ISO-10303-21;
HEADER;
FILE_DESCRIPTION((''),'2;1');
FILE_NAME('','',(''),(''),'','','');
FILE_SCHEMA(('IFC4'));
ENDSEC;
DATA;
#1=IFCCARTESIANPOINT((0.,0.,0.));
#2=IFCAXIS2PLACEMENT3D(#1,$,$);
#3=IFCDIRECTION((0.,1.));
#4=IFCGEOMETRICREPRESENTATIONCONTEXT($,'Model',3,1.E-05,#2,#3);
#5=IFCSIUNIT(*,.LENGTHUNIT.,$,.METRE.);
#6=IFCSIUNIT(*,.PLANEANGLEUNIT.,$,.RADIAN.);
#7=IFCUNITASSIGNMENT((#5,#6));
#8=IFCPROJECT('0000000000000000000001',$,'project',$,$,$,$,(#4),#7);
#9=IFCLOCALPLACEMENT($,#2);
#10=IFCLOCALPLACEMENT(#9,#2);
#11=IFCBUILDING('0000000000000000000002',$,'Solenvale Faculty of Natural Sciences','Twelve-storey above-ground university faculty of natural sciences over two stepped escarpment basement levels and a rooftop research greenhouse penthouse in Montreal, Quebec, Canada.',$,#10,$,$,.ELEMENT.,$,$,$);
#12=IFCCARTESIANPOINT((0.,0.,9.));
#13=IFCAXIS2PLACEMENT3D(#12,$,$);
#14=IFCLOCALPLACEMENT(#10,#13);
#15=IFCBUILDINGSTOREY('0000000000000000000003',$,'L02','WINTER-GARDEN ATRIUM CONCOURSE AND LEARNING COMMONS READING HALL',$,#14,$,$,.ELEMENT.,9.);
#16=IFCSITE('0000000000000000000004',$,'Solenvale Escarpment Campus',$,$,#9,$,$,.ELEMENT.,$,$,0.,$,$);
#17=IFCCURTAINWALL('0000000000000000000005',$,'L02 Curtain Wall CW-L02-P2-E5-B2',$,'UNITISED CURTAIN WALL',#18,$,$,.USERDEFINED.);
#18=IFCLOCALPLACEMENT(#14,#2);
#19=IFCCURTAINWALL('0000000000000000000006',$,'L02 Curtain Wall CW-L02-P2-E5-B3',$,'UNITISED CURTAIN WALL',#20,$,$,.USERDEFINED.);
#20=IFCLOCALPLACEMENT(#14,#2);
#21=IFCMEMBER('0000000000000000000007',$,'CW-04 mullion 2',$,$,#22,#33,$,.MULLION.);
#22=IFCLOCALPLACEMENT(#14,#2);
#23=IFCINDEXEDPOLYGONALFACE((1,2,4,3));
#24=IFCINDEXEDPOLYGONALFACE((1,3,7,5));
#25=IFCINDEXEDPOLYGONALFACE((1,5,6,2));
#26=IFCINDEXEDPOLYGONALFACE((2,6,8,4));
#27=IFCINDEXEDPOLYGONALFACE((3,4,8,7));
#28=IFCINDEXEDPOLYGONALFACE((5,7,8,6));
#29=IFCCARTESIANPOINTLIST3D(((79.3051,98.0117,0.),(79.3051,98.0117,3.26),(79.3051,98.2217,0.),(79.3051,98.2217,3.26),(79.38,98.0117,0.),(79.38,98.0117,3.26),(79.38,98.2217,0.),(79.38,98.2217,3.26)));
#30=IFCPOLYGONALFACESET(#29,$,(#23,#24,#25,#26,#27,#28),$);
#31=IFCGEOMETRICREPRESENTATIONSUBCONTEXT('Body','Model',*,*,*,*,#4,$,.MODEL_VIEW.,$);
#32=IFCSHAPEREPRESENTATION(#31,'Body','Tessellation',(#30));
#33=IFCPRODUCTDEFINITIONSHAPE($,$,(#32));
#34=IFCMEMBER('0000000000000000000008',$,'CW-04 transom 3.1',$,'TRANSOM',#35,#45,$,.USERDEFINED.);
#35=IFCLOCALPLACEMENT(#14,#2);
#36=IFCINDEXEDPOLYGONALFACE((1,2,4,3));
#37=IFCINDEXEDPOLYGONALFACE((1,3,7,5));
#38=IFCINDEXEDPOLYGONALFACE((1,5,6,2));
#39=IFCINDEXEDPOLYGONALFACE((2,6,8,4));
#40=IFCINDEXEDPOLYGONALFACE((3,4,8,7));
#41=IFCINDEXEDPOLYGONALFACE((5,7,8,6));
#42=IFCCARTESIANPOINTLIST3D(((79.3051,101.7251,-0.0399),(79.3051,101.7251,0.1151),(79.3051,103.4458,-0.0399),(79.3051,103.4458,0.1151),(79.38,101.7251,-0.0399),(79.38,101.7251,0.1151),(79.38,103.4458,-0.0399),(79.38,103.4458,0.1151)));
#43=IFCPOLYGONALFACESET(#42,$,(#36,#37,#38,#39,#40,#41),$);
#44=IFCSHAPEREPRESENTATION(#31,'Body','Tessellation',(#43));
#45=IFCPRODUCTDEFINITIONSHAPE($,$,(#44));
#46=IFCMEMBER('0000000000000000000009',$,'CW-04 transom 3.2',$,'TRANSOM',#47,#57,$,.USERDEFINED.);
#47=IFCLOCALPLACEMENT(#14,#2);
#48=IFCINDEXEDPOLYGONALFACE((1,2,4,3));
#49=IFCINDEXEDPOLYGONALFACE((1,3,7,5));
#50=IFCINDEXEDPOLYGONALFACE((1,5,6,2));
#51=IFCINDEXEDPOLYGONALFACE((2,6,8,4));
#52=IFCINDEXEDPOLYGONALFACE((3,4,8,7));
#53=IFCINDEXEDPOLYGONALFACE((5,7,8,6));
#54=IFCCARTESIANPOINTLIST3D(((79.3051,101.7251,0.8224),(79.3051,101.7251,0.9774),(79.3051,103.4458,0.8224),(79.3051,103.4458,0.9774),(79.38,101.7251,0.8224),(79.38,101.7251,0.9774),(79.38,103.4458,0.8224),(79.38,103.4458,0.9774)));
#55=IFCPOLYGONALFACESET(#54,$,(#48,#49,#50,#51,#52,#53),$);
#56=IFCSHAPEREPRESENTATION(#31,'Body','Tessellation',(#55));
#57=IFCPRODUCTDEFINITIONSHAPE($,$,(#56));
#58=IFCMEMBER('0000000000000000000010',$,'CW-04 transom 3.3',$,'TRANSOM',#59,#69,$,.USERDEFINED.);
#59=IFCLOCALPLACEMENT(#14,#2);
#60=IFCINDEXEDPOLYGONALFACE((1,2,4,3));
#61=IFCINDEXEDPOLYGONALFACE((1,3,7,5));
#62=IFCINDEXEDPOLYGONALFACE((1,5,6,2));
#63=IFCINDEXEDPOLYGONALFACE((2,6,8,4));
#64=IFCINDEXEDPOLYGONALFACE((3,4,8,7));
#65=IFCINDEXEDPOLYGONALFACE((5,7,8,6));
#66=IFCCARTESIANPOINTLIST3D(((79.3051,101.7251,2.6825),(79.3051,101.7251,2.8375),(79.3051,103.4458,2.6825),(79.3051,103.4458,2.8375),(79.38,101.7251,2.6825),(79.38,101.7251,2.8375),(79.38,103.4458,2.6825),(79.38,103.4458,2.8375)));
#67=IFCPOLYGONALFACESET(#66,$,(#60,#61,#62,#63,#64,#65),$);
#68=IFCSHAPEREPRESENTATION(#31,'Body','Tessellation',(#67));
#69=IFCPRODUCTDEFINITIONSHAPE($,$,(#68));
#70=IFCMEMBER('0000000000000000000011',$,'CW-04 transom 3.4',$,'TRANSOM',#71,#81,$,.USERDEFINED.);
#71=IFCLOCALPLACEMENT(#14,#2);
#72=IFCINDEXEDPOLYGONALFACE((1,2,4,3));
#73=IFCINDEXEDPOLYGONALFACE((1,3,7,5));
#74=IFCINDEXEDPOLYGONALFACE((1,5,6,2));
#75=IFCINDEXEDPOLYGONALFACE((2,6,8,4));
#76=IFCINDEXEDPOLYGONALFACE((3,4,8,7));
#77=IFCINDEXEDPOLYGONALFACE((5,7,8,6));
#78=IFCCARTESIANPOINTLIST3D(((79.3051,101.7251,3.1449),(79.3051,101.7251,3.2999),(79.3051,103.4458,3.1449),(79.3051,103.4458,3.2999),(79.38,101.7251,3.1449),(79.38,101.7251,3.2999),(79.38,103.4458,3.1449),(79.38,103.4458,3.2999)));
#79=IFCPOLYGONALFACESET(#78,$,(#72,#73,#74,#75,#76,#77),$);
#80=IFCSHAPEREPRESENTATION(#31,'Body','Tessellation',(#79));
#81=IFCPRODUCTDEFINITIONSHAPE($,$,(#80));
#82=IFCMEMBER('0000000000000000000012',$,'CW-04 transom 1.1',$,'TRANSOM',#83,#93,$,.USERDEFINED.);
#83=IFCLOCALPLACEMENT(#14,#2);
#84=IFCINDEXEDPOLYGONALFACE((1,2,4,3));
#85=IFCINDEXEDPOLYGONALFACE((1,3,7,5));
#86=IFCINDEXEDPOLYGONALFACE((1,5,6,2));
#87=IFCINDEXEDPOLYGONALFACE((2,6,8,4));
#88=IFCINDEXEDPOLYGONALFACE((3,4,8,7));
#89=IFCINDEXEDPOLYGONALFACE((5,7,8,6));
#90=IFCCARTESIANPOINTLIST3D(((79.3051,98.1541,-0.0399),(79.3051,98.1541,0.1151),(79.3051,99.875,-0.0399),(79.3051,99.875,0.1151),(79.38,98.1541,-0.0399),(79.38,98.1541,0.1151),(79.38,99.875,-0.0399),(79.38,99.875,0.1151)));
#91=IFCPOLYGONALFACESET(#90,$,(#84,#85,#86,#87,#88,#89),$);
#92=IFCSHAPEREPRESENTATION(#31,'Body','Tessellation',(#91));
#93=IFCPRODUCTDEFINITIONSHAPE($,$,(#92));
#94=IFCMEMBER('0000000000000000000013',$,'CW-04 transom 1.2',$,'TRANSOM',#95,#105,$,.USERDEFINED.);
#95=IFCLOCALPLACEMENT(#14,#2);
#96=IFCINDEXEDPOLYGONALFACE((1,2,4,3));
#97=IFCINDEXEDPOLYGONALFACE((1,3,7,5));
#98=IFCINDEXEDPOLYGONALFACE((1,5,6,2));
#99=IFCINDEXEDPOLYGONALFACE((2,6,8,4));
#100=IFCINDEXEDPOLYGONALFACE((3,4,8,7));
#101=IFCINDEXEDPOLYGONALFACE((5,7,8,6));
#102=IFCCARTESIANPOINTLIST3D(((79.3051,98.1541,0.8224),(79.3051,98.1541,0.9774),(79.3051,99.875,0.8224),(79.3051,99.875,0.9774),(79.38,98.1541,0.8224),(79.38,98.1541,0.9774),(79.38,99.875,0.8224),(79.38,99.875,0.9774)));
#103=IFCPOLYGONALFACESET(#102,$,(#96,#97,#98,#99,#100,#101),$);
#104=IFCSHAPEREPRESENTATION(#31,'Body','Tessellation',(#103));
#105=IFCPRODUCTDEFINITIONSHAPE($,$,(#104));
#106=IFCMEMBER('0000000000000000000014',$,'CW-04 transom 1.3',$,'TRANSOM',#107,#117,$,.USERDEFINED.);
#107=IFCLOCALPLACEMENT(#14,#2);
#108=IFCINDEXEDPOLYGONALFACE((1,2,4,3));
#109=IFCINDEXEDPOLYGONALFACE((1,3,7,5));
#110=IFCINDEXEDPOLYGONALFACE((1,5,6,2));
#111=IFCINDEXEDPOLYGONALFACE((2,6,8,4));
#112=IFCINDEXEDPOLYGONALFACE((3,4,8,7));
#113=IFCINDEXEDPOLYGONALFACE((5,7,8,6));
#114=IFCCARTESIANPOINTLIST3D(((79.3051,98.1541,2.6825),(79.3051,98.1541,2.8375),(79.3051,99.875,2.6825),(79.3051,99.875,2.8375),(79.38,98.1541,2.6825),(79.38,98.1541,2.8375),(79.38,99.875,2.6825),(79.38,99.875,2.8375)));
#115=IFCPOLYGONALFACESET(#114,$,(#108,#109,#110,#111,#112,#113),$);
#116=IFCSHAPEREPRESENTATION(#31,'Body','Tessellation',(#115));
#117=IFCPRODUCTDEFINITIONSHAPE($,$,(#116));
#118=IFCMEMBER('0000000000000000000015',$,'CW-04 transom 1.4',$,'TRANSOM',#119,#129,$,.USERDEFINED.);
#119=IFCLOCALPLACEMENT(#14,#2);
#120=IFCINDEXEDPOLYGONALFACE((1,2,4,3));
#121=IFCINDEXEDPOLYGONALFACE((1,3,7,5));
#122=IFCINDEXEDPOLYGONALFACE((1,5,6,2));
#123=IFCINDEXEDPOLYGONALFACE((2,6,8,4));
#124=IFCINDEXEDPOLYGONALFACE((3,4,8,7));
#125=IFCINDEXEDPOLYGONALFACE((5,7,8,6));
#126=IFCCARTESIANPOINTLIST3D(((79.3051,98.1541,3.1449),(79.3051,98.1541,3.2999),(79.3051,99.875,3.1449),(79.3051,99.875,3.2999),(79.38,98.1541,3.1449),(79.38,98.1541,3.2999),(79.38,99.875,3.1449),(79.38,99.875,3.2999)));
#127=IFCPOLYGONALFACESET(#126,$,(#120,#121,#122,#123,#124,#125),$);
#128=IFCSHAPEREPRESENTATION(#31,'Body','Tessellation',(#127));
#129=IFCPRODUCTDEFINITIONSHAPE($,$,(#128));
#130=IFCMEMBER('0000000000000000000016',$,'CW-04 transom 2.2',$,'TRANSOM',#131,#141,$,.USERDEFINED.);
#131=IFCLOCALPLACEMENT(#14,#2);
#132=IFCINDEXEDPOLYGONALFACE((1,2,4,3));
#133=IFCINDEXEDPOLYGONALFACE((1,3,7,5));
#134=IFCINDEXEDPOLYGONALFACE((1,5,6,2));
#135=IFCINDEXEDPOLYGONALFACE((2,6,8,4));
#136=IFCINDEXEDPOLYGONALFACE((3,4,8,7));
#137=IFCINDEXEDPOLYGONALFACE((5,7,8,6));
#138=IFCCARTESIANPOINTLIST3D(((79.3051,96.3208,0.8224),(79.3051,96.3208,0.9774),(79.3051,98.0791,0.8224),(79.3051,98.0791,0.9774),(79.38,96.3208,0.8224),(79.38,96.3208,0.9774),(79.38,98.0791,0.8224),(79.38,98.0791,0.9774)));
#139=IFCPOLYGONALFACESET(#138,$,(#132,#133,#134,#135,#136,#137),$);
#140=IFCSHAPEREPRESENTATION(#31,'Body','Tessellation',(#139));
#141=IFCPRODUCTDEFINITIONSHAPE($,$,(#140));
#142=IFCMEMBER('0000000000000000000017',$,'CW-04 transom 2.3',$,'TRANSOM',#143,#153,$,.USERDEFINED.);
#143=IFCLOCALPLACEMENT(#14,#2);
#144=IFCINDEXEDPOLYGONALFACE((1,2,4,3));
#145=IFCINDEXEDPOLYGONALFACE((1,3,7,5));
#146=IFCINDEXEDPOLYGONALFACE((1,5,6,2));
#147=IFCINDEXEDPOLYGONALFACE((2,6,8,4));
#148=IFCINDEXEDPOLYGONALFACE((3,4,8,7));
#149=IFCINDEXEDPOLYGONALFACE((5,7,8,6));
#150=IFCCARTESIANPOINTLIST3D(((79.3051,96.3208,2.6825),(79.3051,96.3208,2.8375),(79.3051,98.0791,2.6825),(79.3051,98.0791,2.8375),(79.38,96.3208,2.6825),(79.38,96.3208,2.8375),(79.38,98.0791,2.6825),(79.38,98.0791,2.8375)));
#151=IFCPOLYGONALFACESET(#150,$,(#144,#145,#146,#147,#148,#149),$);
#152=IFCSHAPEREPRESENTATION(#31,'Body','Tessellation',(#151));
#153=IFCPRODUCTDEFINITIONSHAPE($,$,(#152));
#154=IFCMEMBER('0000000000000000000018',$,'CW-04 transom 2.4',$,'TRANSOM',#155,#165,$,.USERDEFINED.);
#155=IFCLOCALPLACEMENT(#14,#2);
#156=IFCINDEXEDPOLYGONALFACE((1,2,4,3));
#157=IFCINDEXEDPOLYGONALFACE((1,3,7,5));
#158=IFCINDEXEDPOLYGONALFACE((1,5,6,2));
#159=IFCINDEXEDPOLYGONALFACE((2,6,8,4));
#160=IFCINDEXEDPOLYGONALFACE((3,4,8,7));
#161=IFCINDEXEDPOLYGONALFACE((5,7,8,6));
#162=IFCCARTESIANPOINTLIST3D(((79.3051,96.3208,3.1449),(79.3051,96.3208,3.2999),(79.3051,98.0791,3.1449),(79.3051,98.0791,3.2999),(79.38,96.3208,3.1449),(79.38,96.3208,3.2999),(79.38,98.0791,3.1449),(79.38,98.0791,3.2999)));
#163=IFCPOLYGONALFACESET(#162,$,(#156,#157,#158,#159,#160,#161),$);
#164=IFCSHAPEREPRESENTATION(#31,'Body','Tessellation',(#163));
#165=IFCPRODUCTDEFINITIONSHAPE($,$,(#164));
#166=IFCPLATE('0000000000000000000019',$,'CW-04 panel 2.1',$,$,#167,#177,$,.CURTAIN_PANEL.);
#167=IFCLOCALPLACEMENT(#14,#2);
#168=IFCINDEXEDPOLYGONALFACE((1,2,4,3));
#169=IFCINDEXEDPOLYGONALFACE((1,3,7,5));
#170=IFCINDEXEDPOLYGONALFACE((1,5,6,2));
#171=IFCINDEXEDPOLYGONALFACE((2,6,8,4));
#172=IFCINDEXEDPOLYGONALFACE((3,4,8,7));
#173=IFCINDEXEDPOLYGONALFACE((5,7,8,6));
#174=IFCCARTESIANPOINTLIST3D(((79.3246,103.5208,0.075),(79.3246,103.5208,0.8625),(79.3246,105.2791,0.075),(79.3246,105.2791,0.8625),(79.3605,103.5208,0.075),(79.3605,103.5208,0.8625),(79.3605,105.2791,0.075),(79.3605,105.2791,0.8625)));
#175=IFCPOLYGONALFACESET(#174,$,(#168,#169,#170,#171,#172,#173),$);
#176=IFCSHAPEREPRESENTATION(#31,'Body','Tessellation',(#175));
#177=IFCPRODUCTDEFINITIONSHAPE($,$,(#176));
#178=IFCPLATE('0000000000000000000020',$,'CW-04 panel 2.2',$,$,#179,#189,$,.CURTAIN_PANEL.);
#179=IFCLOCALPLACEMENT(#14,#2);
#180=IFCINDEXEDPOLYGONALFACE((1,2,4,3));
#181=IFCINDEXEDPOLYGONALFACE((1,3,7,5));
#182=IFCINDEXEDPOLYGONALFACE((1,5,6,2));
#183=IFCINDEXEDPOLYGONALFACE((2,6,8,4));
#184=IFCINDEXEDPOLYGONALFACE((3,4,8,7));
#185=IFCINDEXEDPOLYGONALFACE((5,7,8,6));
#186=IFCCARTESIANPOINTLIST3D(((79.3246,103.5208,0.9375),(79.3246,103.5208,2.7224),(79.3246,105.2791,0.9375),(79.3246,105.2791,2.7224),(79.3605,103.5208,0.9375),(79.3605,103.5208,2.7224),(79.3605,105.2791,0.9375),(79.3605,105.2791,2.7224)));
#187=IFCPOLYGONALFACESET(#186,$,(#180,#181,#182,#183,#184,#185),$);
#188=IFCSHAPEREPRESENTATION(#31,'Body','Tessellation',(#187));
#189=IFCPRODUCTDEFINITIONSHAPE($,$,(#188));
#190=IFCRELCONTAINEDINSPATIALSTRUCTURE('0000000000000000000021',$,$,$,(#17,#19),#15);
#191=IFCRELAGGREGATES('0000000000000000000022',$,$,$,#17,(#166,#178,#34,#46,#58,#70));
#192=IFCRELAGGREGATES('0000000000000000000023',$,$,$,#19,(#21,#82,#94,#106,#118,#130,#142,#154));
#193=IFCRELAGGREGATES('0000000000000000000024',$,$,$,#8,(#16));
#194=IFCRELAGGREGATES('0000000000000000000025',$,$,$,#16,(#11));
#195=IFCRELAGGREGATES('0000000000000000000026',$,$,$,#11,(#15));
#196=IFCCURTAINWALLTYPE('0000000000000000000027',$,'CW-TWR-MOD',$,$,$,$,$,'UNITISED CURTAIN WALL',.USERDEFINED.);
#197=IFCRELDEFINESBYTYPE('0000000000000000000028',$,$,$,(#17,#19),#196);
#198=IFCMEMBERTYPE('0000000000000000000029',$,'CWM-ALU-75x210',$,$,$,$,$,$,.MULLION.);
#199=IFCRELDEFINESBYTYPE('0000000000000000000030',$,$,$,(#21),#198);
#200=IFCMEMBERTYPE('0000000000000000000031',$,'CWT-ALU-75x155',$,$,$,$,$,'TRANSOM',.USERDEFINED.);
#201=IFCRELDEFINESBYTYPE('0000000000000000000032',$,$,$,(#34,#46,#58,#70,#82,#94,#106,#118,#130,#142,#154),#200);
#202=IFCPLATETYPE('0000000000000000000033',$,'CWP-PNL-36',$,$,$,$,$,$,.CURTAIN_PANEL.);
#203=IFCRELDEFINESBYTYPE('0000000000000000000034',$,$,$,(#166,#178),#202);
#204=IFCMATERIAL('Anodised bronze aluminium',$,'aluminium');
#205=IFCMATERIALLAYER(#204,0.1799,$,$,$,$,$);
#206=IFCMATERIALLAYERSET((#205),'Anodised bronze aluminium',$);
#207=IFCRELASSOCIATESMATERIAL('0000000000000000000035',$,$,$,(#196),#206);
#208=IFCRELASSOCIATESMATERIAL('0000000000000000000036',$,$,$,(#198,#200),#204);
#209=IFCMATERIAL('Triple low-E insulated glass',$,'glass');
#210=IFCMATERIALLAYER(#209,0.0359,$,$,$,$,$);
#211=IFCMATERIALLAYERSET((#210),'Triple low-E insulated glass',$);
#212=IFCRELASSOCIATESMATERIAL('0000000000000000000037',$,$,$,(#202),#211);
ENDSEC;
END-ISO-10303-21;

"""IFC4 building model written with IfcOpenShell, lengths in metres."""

from ifc_helpers import new_model, si_unit, direction, frame, origin, origin_2d, place, context, subcontext, project, spatial, rectangle, extrude, material, layer, layer_set, material_profile, profile_set, type_object, element, aggregate, save


model = new_model("IFC4")

# Units and contexts
model_context = context("Model", 3, precision=1e-05, world=origin(), true_north=direction((0.0, 1.0)))
body_context = subcontext(model_context, "Body", "Model", "MODEL_VIEW")
ifc_project = project(units=[si_unit("LENGTHUNIT", "METRE"), si_unit("PLANEANGLEUNIT", "RADIAN")], contexts=[model_context])

# Site, building, storey
site_placement = place(None, origin())
site = spatial("IfcSite", under=ifc_project, at=site_placement, Name="Solenvale Escarpment Campus", CompositionType="ELEMENT", RefElevation=0.0)
building_placement = place(site_placement, origin())
building = spatial("IfcBuilding", under=site, at=building_placement, Name="Solenvale Faculty of Natural Sciences", Description="Twelve-storey above-ground university faculty of natural sciences over two stepped escarpment basement levels and a rooftop research greenhouse penthouse in Montreal, Quebec, Canada.", CompositionType="ELEMENT")
storey_placement = place(building_placement, frame((0.0, 0.0, 9.0)))
storey = spatial("IfcBuildingStorey", under=building, at=storey_placement, Name="L02", Description="WINTER-GARDEN ATRIUM CONCOURSE AND LEARNING COMMONS READING HALL", CompositionType="ELEMENT", Elevation=9.0)

# Curtain walls, member
ifc_material_1 = material(Name="Anodised bronze aluminium", Category="aluminium")
ifc_layer_1 = layer(ifc_material_1, 0.1799)
ifc_layer_set_1 = layer_set([ifc_layer_1], Name="Anodised bronze aluminium")
curtain_wall_type = type_object("IfcCurtainWallType", Name="CW-TWR-MOD", ElementType="UNITISED CURTAIN WALL", PredefinedType="USERDEFINED", material=ifc_layer_set_1)
curtain_wall_1_placement = place(storey_placement, origin())
curtain_wall_1 = element("IfcCurtainWall", 1, at=curtain_wall_1_placement, inside=storey, type_object=curtain_wall_type, Name="L02 Curtain Wall CW-L02-P2-E5-B2", ObjectType="UNITISED CURTAIN WALL", PredefinedType="USERDEFINED")
ifc_material_profile_1 = material_profile(ifc_material_1, rectangle(XDim=0.075, YDim=0.21, at=origin_2d()), Name="ALU-MUL-75x210")
ifc_profile_set_1 = profile_set([ifc_material_profile_1], Name="Anodised bronze aluminium")
member_type_1 = type_object("IfcMemberType", Name="CWM-ALU-75x210", PredefinedType="MULLION", material=ifc_profile_set_1)
curtain_wall_2_placement = place(storey_placement, origin())
curtain_wall_2 = element("IfcCurtainWall", 2, at=curtain_wall_2_placement, inside=storey, type_object=curtain_wall_type, Name="L02 Curtain Wall CW-L02-P2-E5-B3", ObjectType="UNITISED CURTAIN WALL", PredefinedType="USERDEFINED")
member_1_placement = place(storey_placement, frame((79.3425, 98.1167, 0.0), z_axis=(0.0, 0.0, 1.0), x_axis=(1.0, 0.0, 0.0)))
member_1 = element("IfcMember", 3, at=member_1_placement, type_object=member_type_1, Name="CW-04 mullion 2", PredefinedType="MULLION", context=body_context, shape_type="SweptSolid", body=[
    extrude(rectangle(XDim=0.075, YDim=0.21, at=origin_2d()), origin(), (0.0, 0.0, 1.0), 3.26),
])

# Members
ifc_material_profile_2 = material_profile(ifc_material_1, rectangle(XDim=0.075, YDim=0.155, at=origin_2d()), Name="ALU-TRN-75x155")
ifc_profile_set_2 = profile_set([ifc_material_profile_2], Name="Anodised bronze aluminium")
member_type_2 = type_object("IfcMemberType", Name="CWT-ALU-75x155", ElementType="TRANSOM", PredefinedType="USERDEFINED", material=ifc_profile_set_2)
member_2_placement = place(storey_placement, frame((79.3425, 103.4458, 0.0376), z_axis=(0.0, -1.0, 0.0), x_axis=(1.0, 0.0, 0.0)))
member_2 = element("IfcMember", 4, at=member_2_placement, type_object=member_type_2, Name="CW-04 transom 3.1", ObjectType="TRANSOM", PredefinedType="USERDEFINED", context=body_context, shape_type="SweptSolid", body=[
    extrude(rectangle(XDim=0.075, YDim=0.155, at=origin_2d()), origin(), (0.0, 0.0, 1.0), 1.7207),
])
member_3_placement = place(storey_placement, frame((79.3425, 103.4458, 0.8999), z_axis=(0.0, -1.0, 0.0), x_axis=(1.0, 0.0, 0.0)))
member_3 = element("IfcMember", 5, at=member_3_placement, type_object=member_type_2, Name="CW-04 transom 3.2", ObjectType="TRANSOM", PredefinedType="USERDEFINED", context=body_context, shape_type="SweptSolid", body=[
    extrude(rectangle(XDim=0.075, YDim=0.155, at=origin_2d()), origin(), (0.0, 0.0, 1.0), 1.7207),
])
member_4_placement = place(storey_placement, frame((79.3425, 103.4458, 2.76), z_axis=(0.0, -1.0, 0.0), x_axis=(1.0, 0.0, 0.0)))
member_4 = element("IfcMember", 6, at=member_4_placement, type_object=member_type_2, Name="CW-04 transom 3.3", ObjectType="TRANSOM", PredefinedType="USERDEFINED", context=body_context, shape_type="SweptSolid", body=[
    extrude(rectangle(XDim=0.075, YDim=0.155, at=origin_2d()), origin(), (0.0, 0.0, 1.0), 1.7207),
])
member_5_placement = place(storey_placement, frame((79.3425, 103.4458, 3.2224), z_axis=(0.0, -1.0, 0.0), x_axis=(1.0, 0.0, 0.0)))
member_5 = element("IfcMember", 7, at=member_5_placement, type_object=member_type_2, Name="CW-04 transom 3.4", ObjectType="TRANSOM", PredefinedType="USERDEFINED", context=body_context, shape_type="SweptSolid", body=[
    extrude(rectangle(XDim=0.075, YDim=0.155, at=origin_2d()), origin(), (0.0, 0.0, 1.0), 1.7207),
])
member_6_placement = place(storey_placement, frame((79.3425, 99.875, 0.0376), z_axis=(0.0, -1.0, 0.0), x_axis=(1.0, 0.0, 0.0)))
member_6 = element("IfcMember", 8, at=member_6_placement, type_object=member_type_2, Name="CW-04 transom 1.1", ObjectType="TRANSOM", PredefinedType="USERDEFINED", context=body_context, shape_type="SweptSolid", body=[
    extrude(rectangle(XDim=0.075, YDim=0.155, at=origin_2d()), origin(), (0.0, 0.0, 1.0), 1.7209),
])
member_7_placement = place(storey_placement, frame((79.3425, 99.875, 0.8999), z_axis=(0.0, -1.0, 0.0), x_axis=(1.0, 0.0, 0.0)))
member_7 = element("IfcMember", 9, at=member_7_placement, type_object=member_type_2, Name="CW-04 transom 1.2", ObjectType="TRANSOM", PredefinedType="USERDEFINED", context=body_context, shape_type="SweptSolid", body=[
    extrude(rectangle(XDim=0.075, YDim=0.155, at=origin_2d()), origin(), (0.0, 0.0, 1.0), 1.7209),
])
member_8_placement = place(storey_placement, frame((79.3425, 99.875, 2.76), z_axis=(0.0, -1.0, 0.0), x_axis=(1.0, 0.0, 0.0)))
member_8 = element("IfcMember", 10, at=member_8_placement, type_object=member_type_2, Name="CW-04 transom 1.3", ObjectType="TRANSOM", PredefinedType="USERDEFINED", context=body_context, shape_type="SweptSolid", body=[
    extrude(rectangle(XDim=0.075, YDim=0.155, at=origin_2d()), origin(), (0.0, 0.0, 1.0), 1.7209),
])
member_9_placement = place(storey_placement, frame((79.3425, 99.875, 3.2224), z_axis=(0.0, -1.0, 0.0), x_axis=(1.0, 0.0, 0.0)))
member_9 = element("IfcMember", 11, at=member_9_placement, type_object=member_type_2, Name="CW-04 transom 1.4", ObjectType="TRANSOM", PredefinedType="USERDEFINED", context=body_context, shape_type="SweptSolid", body=[
    extrude(rectangle(XDim=0.075, YDim=0.155, at=origin_2d()), origin(), (0.0, 0.0, 1.0), 1.7209),
])
member_10_placement = place(storey_placement, frame((79.3425, 98.0791, 0.8999), z_axis=(0.0, -1.0, 0.0), x_axis=(1.0, 0.0, 0.0)))
member_10 = element("IfcMember", 12, at=member_10_placement, type_object=member_type_2, Name="CW-04 transom 2.2", ObjectType="TRANSOM", PredefinedType="USERDEFINED", context=body_context, shape_type="SweptSolid", body=[
    extrude(rectangle(XDim=0.075, YDim=0.155, at=origin_2d()), origin(), (0.0, 0.0, 1.0), 1.7583),
])
member_11_placement = place(storey_placement, frame((79.3425, 98.0791, 2.76), z_axis=(0.0, -1.0, 0.0), x_axis=(1.0, 0.0, 0.0)))
member_11 = element("IfcMember", 13, at=member_11_placement, type_object=member_type_2, Name="CW-04 transom 2.3", ObjectType="TRANSOM", PredefinedType="USERDEFINED", context=body_context, shape_type="SweptSolid", body=[
    extrude(rectangle(XDim=0.075, YDim=0.155, at=origin_2d()), origin(), (0.0, 0.0, 1.0), 1.7583),
])
member_12_placement = place(storey_placement, frame((79.3425, 98.0791, 3.2224), z_axis=(0.0, -1.0, 0.0), x_axis=(1.0, 0.0, 0.0)))
member_12 = element("IfcMember", 14, at=member_12_placement, type_object=member_type_2, Name="CW-04 transom 2.4", ObjectType="TRANSOM", PredefinedType="USERDEFINED", context=body_context, shape_type="SweptSolid", body=[
    extrude(rectangle(XDim=0.075, YDim=0.155, at=origin_2d()), origin(), (0.0, 0.0, 1.0), 1.7583),
])

# Plates
ifc_material_2 = material(Name="Triple low-E insulated glass", Category="glass")
ifc_layer_2 = layer(ifc_material_2, 0.0359)
ifc_layer_set_2 = layer_set([ifc_layer_2], Name="Triple low-E insulated glass")
plate_type_1 = type_object("IfcPlateType", Name="CWP-PNL-36", PredefinedType="CURTAIN_PANEL", material=ifc_layer_set_2)
plate_1_placement = place(storey_placement, frame((79.3425, 104.3999, 0.075), z_axis=(0.0, 0.0, 1.0), x_axis=(0.0, -1.0, 0.0)))
plate_1 = element("IfcPlate", 15, at=plate_1_placement, type_object=plate_type_1, Name="CW-04 panel 2.1", PredefinedType="CURTAIN_PANEL", context=body_context, shape_type="SweptSolid", body=[
    extrude(rectangle(XDim=1.7583, YDim=0.0359, at=origin_2d()), origin(), (0.0, 0.0, 1.0), 0.7876),
])
plate_2_placement = place(storey_placement, frame((79.3425, 104.3999, 0.9375), z_axis=(0.0, 0.0, 1.0), x_axis=(0.0, -1.0, 0.0)))
plate_2 = element("IfcPlate", 16, at=plate_2_placement, type_object=plate_type_1, Name="CW-04 panel 2.2", PredefinedType="CURTAIN_PANEL", context=body_context, shape_type="SweptSolid", body=[
    extrude(rectangle(XDim=1.7583, YDim=0.0359, at=origin_2d()), origin(), (0.0, 0.0, 1.0), 1.7849),
])
aggregate(curtain_wall_1, [plate_1, plate_2, member_2, member_3, member_4, member_5])
aggregate(curtain_wall_2, [member_1, member_6, member_7, member_8, member_9, member_10, member_11, member_12])

save(model, "model.ifc")
